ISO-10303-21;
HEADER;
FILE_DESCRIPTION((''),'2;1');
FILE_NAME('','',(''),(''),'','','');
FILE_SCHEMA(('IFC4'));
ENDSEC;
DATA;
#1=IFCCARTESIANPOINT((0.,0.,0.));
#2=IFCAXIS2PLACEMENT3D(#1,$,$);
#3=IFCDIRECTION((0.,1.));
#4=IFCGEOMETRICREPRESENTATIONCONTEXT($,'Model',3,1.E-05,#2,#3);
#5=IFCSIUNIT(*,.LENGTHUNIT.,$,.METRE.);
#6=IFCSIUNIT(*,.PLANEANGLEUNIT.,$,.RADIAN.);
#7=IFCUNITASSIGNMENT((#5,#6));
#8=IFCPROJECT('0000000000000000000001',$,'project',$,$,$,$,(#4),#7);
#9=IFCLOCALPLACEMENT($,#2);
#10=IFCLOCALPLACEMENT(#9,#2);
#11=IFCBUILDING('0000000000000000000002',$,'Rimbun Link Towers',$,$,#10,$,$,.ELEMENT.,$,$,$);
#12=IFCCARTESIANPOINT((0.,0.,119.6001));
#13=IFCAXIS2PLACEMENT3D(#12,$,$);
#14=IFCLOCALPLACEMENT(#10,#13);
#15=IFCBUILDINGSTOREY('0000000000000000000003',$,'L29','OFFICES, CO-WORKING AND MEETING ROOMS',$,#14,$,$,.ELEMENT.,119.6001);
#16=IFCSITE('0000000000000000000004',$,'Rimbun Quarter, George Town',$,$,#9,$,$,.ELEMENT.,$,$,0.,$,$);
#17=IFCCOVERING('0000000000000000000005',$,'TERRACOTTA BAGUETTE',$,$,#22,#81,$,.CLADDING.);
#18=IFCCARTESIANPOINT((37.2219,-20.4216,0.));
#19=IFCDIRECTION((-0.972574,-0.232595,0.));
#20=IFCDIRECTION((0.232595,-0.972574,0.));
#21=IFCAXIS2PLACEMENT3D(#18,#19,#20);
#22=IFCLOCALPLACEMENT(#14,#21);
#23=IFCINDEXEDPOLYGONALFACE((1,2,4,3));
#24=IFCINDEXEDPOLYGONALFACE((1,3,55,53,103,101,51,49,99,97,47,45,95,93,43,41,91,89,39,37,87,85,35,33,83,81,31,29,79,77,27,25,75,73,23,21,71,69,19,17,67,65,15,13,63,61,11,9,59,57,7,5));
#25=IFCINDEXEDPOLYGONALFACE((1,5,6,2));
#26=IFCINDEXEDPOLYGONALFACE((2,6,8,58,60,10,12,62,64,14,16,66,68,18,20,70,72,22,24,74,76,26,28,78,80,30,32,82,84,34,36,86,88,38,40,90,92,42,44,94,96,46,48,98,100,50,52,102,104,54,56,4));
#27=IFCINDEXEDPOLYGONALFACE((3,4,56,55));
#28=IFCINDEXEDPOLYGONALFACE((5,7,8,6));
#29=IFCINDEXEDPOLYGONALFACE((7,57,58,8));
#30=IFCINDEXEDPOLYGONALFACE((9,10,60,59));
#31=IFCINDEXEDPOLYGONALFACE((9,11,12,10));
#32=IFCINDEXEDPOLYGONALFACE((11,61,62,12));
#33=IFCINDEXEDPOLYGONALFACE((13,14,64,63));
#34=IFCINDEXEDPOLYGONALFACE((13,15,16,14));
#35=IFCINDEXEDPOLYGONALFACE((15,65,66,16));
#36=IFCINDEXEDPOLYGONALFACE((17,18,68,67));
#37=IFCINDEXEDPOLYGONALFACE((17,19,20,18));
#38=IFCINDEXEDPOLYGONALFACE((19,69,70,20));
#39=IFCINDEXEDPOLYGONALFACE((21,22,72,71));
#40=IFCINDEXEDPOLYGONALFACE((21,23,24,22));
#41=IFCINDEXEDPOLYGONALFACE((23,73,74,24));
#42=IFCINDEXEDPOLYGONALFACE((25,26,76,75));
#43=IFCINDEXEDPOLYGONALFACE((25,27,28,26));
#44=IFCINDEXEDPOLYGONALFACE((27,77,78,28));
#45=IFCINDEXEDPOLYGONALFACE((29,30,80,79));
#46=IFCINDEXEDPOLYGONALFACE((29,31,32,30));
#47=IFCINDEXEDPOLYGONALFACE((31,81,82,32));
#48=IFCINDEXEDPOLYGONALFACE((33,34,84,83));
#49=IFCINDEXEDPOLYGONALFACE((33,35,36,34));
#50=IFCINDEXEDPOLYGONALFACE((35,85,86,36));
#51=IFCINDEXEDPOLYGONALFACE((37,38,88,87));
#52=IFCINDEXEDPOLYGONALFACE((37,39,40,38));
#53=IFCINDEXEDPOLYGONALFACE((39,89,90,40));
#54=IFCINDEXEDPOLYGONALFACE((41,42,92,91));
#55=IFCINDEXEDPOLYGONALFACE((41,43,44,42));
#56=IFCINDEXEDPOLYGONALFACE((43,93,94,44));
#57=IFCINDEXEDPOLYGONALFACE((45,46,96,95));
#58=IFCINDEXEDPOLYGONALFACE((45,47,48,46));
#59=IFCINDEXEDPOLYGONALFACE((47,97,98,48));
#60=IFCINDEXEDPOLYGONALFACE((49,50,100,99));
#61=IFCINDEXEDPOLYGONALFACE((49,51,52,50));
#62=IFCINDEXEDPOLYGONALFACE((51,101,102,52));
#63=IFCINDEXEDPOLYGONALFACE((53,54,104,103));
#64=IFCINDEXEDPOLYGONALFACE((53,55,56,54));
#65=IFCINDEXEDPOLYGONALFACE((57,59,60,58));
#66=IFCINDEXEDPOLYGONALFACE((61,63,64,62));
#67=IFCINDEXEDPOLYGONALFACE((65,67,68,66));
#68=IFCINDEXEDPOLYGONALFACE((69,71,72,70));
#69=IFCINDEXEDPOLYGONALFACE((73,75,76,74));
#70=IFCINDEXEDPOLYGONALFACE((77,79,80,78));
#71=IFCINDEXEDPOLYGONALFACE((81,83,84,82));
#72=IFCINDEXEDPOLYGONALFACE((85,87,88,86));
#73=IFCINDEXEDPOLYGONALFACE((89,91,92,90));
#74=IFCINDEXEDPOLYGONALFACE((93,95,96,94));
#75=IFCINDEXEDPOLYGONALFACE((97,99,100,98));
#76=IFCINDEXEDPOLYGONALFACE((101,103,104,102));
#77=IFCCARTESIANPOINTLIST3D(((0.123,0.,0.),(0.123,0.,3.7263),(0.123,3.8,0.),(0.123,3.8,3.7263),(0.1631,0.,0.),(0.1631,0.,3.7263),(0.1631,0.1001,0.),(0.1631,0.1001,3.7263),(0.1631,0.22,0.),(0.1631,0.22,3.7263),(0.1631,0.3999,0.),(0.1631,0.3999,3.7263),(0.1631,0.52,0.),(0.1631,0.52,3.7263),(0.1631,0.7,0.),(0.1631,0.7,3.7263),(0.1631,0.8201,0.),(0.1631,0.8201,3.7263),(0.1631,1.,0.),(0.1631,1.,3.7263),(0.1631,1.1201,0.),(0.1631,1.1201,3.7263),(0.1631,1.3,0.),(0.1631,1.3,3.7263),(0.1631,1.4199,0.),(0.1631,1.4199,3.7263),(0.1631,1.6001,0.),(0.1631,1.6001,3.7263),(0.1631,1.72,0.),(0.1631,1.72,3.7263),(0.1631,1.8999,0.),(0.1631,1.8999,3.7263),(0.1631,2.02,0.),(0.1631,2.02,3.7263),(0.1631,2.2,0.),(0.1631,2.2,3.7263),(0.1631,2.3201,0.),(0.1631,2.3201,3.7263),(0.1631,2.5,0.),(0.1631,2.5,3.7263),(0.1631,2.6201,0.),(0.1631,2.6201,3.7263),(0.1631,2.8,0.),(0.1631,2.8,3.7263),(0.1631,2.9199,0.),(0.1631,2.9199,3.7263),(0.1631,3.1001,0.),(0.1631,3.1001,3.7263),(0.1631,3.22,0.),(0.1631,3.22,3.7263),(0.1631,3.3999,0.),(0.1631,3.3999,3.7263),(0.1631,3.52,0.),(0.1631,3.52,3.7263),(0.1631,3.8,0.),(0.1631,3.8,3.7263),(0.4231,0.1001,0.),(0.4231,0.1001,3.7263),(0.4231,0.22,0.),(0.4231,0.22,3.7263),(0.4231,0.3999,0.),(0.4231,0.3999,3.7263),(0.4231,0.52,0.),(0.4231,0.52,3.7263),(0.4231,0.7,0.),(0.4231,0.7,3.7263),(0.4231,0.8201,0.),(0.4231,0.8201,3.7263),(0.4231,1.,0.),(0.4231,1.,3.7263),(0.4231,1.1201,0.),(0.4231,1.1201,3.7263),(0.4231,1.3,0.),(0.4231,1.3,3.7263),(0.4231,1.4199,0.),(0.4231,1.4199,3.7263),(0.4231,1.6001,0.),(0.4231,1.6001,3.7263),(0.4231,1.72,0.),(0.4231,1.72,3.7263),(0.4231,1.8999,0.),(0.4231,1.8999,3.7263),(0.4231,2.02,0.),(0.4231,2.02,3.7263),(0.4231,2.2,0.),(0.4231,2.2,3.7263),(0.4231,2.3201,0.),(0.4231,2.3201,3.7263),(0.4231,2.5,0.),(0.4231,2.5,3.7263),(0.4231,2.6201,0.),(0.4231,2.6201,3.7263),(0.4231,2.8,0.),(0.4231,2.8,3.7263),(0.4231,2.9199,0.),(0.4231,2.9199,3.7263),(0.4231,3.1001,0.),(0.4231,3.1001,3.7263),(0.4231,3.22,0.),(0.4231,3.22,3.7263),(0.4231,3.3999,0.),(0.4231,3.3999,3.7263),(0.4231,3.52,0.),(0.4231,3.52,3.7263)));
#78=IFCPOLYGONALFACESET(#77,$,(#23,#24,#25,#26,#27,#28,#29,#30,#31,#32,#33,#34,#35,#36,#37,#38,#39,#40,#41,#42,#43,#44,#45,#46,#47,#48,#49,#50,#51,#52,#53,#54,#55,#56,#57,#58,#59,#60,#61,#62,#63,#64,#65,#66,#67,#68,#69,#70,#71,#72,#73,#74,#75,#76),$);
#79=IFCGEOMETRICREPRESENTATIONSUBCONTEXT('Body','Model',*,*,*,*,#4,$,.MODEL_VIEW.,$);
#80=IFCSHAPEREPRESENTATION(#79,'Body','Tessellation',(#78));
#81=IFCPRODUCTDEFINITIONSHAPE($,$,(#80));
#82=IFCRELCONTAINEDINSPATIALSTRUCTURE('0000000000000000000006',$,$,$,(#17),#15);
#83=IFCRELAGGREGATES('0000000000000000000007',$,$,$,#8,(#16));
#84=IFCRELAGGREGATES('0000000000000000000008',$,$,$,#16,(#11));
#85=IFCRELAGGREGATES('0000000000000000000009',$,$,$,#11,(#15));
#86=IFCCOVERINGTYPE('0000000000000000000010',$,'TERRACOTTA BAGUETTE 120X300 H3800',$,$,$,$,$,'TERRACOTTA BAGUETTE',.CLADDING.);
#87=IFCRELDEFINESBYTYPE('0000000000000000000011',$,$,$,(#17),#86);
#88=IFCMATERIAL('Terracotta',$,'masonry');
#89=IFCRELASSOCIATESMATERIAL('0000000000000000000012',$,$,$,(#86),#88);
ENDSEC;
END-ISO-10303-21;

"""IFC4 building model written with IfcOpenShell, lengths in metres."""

from ifc_helpers import new_model, si_unit, direction, frame, origin, place, context, subcontext, project, spatial, polyline, outline, extrude, material, material_profile, profile_set, type_object, element, save


model = new_model("IFC4")

# Units and contexts
model_context = context("Model", 3, precision=1e-05, world=origin(), true_north=direction((0.0, 1.0)))
body_context = subcontext(model_context, "Body", "Model", "MODEL_VIEW")
ifc_project = project(units=[si_unit("LENGTHUNIT", "METRE"), si_unit("PLANEANGLEUNIT", "RADIAN")], contexts=[model_context])

# Site, building, storey
site_placement = place(None, origin())
site = spatial("IfcSite", under=ifc_project, at=site_placement, Name="Rimbun Quarter, George Town", CompositionType="ELEMENT", RefElevation=0.0)
building_placement = place(site_placement, origin())
building = spatial("IfcBuilding", under=site, at=building_placement, Name="Rimbun Link Towers", CompositionType="ELEMENT")
storey_placement = place(building_placement, frame((0.0, 0.0, 119.6001)))
storey = spatial("IfcBuildingStorey", under=building, at=storey_placement, Name="L29", Description="OFFICES, CO-WORKING AND MEETING ROOMS", CompositionType="ELEMENT", Elevation=119.6001)

# Covering
ifc_material_1 = material(Name="Terracotta", Category="masonry")
ifc_material_profile_1 = material_profile(ifc_material_1, outline(polyline([(0.123, 0.0), (0.1631, 0.0), (0.1631, 0.1001), (0.4231, 0.1001), (0.4231, 0.22), (0.1631, 0.22), (0.1631, 0.3999), (0.4231, 0.3999), (0.4231, 0.52), (0.1631, 0.52), (0.1631, 0.7), (0.4231, 0.7), (0.4231, 0.8201), (0.1631, 0.8201), (0.1631, 1.0), (0.4231, 1.0), (0.4231, 1.1201), (0.1631, 1.1201), (0.1631, 1.3), (0.4231, 1.3), (0.4231, 1.4199), (0.1631, 1.4199), (0.1631, 1.6001), (0.4231, 1.6001), (0.4231, 1.72), (0.1631, 1.72), (0.1631, 1.8999), (0.4231, 1.8999), (0.4231, 2.02), (0.1631, 2.02), (0.1631, 2.2), (0.4231, 2.2), (0.4231, 2.3201), (0.1631, 2.3201), (0.1631, 2.5), (0.4231, 2.5), (0.4231, 2.6201), (0.1631, 2.6201), (0.1631, 2.8), (0.4231, 2.8), (0.4231, 2.9199), (0.1631, 2.9199), (0.1631, 3.1001), (0.4231, 3.1001), (0.4231, 3.22), (0.1631, 3.22), (0.1631, 3.3999), (0.4231, 3.3999), (0.4231, 3.52), (0.1631, 3.52), (0.1631, 3.8), (0.123, 3.8), (0.123, 0.0)])), Name="BAGUETTE 120X300")
ifc_profile_set_1 = profile_set([ifc_material_profile_1], Name="Terracotta")
covering_type = type_object("IfcCoveringType", Name="TERRACOTTA BAGUETTE 120X300 H3800", ElementType="TERRACOTTA BAGUETTE", PredefinedType="CLADDING", material=ifc_profile_set_1)
covering_1_placement = place(storey_placement, frame((37.2219, -20.4216, 0.0), z_axis=(-0.972574, -0.232595, 0.0), x_axis=(0.232595, -0.972574, 0.0)))
element("IfcCovering", 1, at=covering_1_placement, inside=storey, type_object=covering_type, Name="TERRACOTTA BAGUETTE", PredefinedType="CLADDING", context=body_context, shape_type="SweptSolid", body=[
    extrude(outline(polyline([(0.123, 0.0), (0.1631, 0.0), (0.1631, 0.1001), (0.4231, 0.1001), (0.4231, 0.22), (0.1631, 0.22), (0.1631, 0.3999), (0.4231, 0.3999), (0.4231, 0.52), (0.1631, 0.52), (0.1631, 0.7), (0.4231, 0.7), (0.4231, 0.8201), (0.1631, 0.8201), (0.1631, 1.0), (0.4231, 1.0), (0.4231, 1.1201), (0.1631, 1.1201), (0.1631, 1.3), (0.4231, 1.3), (0.4231, 1.4199), (0.1631, 1.4199), (0.1631, 1.6001), (0.4231, 1.6001), (0.4231, 1.72), (0.1631, 1.72), (0.1631, 1.8999), (0.4231, 1.8999), (0.4231, 2.02), (0.1631, 2.02), (0.1631, 2.2), (0.4231, 2.2), (0.4231, 2.3201), (0.1631, 2.3201), (0.1631, 2.5), (0.4231, 2.5), (0.4231, 2.6201), (0.1631, 2.6201), (0.1631, 2.8), (0.4231, 2.8), (0.4231, 2.9199), (0.1631, 2.9199), (0.1631, 3.1001), (0.4231, 3.1001), (0.4231, 3.22), (0.1631, 3.22), (0.1631, 3.3999), (0.4231, 3.3999), (0.4231, 3.52), (0.1631, 3.52), (0.1631, 3.8), (0.123, 3.8), (0.123, 0.0)])), origin(), (0.0, 0.0, 1.0), 3.7263),
])

save(model, "model.ifc")
